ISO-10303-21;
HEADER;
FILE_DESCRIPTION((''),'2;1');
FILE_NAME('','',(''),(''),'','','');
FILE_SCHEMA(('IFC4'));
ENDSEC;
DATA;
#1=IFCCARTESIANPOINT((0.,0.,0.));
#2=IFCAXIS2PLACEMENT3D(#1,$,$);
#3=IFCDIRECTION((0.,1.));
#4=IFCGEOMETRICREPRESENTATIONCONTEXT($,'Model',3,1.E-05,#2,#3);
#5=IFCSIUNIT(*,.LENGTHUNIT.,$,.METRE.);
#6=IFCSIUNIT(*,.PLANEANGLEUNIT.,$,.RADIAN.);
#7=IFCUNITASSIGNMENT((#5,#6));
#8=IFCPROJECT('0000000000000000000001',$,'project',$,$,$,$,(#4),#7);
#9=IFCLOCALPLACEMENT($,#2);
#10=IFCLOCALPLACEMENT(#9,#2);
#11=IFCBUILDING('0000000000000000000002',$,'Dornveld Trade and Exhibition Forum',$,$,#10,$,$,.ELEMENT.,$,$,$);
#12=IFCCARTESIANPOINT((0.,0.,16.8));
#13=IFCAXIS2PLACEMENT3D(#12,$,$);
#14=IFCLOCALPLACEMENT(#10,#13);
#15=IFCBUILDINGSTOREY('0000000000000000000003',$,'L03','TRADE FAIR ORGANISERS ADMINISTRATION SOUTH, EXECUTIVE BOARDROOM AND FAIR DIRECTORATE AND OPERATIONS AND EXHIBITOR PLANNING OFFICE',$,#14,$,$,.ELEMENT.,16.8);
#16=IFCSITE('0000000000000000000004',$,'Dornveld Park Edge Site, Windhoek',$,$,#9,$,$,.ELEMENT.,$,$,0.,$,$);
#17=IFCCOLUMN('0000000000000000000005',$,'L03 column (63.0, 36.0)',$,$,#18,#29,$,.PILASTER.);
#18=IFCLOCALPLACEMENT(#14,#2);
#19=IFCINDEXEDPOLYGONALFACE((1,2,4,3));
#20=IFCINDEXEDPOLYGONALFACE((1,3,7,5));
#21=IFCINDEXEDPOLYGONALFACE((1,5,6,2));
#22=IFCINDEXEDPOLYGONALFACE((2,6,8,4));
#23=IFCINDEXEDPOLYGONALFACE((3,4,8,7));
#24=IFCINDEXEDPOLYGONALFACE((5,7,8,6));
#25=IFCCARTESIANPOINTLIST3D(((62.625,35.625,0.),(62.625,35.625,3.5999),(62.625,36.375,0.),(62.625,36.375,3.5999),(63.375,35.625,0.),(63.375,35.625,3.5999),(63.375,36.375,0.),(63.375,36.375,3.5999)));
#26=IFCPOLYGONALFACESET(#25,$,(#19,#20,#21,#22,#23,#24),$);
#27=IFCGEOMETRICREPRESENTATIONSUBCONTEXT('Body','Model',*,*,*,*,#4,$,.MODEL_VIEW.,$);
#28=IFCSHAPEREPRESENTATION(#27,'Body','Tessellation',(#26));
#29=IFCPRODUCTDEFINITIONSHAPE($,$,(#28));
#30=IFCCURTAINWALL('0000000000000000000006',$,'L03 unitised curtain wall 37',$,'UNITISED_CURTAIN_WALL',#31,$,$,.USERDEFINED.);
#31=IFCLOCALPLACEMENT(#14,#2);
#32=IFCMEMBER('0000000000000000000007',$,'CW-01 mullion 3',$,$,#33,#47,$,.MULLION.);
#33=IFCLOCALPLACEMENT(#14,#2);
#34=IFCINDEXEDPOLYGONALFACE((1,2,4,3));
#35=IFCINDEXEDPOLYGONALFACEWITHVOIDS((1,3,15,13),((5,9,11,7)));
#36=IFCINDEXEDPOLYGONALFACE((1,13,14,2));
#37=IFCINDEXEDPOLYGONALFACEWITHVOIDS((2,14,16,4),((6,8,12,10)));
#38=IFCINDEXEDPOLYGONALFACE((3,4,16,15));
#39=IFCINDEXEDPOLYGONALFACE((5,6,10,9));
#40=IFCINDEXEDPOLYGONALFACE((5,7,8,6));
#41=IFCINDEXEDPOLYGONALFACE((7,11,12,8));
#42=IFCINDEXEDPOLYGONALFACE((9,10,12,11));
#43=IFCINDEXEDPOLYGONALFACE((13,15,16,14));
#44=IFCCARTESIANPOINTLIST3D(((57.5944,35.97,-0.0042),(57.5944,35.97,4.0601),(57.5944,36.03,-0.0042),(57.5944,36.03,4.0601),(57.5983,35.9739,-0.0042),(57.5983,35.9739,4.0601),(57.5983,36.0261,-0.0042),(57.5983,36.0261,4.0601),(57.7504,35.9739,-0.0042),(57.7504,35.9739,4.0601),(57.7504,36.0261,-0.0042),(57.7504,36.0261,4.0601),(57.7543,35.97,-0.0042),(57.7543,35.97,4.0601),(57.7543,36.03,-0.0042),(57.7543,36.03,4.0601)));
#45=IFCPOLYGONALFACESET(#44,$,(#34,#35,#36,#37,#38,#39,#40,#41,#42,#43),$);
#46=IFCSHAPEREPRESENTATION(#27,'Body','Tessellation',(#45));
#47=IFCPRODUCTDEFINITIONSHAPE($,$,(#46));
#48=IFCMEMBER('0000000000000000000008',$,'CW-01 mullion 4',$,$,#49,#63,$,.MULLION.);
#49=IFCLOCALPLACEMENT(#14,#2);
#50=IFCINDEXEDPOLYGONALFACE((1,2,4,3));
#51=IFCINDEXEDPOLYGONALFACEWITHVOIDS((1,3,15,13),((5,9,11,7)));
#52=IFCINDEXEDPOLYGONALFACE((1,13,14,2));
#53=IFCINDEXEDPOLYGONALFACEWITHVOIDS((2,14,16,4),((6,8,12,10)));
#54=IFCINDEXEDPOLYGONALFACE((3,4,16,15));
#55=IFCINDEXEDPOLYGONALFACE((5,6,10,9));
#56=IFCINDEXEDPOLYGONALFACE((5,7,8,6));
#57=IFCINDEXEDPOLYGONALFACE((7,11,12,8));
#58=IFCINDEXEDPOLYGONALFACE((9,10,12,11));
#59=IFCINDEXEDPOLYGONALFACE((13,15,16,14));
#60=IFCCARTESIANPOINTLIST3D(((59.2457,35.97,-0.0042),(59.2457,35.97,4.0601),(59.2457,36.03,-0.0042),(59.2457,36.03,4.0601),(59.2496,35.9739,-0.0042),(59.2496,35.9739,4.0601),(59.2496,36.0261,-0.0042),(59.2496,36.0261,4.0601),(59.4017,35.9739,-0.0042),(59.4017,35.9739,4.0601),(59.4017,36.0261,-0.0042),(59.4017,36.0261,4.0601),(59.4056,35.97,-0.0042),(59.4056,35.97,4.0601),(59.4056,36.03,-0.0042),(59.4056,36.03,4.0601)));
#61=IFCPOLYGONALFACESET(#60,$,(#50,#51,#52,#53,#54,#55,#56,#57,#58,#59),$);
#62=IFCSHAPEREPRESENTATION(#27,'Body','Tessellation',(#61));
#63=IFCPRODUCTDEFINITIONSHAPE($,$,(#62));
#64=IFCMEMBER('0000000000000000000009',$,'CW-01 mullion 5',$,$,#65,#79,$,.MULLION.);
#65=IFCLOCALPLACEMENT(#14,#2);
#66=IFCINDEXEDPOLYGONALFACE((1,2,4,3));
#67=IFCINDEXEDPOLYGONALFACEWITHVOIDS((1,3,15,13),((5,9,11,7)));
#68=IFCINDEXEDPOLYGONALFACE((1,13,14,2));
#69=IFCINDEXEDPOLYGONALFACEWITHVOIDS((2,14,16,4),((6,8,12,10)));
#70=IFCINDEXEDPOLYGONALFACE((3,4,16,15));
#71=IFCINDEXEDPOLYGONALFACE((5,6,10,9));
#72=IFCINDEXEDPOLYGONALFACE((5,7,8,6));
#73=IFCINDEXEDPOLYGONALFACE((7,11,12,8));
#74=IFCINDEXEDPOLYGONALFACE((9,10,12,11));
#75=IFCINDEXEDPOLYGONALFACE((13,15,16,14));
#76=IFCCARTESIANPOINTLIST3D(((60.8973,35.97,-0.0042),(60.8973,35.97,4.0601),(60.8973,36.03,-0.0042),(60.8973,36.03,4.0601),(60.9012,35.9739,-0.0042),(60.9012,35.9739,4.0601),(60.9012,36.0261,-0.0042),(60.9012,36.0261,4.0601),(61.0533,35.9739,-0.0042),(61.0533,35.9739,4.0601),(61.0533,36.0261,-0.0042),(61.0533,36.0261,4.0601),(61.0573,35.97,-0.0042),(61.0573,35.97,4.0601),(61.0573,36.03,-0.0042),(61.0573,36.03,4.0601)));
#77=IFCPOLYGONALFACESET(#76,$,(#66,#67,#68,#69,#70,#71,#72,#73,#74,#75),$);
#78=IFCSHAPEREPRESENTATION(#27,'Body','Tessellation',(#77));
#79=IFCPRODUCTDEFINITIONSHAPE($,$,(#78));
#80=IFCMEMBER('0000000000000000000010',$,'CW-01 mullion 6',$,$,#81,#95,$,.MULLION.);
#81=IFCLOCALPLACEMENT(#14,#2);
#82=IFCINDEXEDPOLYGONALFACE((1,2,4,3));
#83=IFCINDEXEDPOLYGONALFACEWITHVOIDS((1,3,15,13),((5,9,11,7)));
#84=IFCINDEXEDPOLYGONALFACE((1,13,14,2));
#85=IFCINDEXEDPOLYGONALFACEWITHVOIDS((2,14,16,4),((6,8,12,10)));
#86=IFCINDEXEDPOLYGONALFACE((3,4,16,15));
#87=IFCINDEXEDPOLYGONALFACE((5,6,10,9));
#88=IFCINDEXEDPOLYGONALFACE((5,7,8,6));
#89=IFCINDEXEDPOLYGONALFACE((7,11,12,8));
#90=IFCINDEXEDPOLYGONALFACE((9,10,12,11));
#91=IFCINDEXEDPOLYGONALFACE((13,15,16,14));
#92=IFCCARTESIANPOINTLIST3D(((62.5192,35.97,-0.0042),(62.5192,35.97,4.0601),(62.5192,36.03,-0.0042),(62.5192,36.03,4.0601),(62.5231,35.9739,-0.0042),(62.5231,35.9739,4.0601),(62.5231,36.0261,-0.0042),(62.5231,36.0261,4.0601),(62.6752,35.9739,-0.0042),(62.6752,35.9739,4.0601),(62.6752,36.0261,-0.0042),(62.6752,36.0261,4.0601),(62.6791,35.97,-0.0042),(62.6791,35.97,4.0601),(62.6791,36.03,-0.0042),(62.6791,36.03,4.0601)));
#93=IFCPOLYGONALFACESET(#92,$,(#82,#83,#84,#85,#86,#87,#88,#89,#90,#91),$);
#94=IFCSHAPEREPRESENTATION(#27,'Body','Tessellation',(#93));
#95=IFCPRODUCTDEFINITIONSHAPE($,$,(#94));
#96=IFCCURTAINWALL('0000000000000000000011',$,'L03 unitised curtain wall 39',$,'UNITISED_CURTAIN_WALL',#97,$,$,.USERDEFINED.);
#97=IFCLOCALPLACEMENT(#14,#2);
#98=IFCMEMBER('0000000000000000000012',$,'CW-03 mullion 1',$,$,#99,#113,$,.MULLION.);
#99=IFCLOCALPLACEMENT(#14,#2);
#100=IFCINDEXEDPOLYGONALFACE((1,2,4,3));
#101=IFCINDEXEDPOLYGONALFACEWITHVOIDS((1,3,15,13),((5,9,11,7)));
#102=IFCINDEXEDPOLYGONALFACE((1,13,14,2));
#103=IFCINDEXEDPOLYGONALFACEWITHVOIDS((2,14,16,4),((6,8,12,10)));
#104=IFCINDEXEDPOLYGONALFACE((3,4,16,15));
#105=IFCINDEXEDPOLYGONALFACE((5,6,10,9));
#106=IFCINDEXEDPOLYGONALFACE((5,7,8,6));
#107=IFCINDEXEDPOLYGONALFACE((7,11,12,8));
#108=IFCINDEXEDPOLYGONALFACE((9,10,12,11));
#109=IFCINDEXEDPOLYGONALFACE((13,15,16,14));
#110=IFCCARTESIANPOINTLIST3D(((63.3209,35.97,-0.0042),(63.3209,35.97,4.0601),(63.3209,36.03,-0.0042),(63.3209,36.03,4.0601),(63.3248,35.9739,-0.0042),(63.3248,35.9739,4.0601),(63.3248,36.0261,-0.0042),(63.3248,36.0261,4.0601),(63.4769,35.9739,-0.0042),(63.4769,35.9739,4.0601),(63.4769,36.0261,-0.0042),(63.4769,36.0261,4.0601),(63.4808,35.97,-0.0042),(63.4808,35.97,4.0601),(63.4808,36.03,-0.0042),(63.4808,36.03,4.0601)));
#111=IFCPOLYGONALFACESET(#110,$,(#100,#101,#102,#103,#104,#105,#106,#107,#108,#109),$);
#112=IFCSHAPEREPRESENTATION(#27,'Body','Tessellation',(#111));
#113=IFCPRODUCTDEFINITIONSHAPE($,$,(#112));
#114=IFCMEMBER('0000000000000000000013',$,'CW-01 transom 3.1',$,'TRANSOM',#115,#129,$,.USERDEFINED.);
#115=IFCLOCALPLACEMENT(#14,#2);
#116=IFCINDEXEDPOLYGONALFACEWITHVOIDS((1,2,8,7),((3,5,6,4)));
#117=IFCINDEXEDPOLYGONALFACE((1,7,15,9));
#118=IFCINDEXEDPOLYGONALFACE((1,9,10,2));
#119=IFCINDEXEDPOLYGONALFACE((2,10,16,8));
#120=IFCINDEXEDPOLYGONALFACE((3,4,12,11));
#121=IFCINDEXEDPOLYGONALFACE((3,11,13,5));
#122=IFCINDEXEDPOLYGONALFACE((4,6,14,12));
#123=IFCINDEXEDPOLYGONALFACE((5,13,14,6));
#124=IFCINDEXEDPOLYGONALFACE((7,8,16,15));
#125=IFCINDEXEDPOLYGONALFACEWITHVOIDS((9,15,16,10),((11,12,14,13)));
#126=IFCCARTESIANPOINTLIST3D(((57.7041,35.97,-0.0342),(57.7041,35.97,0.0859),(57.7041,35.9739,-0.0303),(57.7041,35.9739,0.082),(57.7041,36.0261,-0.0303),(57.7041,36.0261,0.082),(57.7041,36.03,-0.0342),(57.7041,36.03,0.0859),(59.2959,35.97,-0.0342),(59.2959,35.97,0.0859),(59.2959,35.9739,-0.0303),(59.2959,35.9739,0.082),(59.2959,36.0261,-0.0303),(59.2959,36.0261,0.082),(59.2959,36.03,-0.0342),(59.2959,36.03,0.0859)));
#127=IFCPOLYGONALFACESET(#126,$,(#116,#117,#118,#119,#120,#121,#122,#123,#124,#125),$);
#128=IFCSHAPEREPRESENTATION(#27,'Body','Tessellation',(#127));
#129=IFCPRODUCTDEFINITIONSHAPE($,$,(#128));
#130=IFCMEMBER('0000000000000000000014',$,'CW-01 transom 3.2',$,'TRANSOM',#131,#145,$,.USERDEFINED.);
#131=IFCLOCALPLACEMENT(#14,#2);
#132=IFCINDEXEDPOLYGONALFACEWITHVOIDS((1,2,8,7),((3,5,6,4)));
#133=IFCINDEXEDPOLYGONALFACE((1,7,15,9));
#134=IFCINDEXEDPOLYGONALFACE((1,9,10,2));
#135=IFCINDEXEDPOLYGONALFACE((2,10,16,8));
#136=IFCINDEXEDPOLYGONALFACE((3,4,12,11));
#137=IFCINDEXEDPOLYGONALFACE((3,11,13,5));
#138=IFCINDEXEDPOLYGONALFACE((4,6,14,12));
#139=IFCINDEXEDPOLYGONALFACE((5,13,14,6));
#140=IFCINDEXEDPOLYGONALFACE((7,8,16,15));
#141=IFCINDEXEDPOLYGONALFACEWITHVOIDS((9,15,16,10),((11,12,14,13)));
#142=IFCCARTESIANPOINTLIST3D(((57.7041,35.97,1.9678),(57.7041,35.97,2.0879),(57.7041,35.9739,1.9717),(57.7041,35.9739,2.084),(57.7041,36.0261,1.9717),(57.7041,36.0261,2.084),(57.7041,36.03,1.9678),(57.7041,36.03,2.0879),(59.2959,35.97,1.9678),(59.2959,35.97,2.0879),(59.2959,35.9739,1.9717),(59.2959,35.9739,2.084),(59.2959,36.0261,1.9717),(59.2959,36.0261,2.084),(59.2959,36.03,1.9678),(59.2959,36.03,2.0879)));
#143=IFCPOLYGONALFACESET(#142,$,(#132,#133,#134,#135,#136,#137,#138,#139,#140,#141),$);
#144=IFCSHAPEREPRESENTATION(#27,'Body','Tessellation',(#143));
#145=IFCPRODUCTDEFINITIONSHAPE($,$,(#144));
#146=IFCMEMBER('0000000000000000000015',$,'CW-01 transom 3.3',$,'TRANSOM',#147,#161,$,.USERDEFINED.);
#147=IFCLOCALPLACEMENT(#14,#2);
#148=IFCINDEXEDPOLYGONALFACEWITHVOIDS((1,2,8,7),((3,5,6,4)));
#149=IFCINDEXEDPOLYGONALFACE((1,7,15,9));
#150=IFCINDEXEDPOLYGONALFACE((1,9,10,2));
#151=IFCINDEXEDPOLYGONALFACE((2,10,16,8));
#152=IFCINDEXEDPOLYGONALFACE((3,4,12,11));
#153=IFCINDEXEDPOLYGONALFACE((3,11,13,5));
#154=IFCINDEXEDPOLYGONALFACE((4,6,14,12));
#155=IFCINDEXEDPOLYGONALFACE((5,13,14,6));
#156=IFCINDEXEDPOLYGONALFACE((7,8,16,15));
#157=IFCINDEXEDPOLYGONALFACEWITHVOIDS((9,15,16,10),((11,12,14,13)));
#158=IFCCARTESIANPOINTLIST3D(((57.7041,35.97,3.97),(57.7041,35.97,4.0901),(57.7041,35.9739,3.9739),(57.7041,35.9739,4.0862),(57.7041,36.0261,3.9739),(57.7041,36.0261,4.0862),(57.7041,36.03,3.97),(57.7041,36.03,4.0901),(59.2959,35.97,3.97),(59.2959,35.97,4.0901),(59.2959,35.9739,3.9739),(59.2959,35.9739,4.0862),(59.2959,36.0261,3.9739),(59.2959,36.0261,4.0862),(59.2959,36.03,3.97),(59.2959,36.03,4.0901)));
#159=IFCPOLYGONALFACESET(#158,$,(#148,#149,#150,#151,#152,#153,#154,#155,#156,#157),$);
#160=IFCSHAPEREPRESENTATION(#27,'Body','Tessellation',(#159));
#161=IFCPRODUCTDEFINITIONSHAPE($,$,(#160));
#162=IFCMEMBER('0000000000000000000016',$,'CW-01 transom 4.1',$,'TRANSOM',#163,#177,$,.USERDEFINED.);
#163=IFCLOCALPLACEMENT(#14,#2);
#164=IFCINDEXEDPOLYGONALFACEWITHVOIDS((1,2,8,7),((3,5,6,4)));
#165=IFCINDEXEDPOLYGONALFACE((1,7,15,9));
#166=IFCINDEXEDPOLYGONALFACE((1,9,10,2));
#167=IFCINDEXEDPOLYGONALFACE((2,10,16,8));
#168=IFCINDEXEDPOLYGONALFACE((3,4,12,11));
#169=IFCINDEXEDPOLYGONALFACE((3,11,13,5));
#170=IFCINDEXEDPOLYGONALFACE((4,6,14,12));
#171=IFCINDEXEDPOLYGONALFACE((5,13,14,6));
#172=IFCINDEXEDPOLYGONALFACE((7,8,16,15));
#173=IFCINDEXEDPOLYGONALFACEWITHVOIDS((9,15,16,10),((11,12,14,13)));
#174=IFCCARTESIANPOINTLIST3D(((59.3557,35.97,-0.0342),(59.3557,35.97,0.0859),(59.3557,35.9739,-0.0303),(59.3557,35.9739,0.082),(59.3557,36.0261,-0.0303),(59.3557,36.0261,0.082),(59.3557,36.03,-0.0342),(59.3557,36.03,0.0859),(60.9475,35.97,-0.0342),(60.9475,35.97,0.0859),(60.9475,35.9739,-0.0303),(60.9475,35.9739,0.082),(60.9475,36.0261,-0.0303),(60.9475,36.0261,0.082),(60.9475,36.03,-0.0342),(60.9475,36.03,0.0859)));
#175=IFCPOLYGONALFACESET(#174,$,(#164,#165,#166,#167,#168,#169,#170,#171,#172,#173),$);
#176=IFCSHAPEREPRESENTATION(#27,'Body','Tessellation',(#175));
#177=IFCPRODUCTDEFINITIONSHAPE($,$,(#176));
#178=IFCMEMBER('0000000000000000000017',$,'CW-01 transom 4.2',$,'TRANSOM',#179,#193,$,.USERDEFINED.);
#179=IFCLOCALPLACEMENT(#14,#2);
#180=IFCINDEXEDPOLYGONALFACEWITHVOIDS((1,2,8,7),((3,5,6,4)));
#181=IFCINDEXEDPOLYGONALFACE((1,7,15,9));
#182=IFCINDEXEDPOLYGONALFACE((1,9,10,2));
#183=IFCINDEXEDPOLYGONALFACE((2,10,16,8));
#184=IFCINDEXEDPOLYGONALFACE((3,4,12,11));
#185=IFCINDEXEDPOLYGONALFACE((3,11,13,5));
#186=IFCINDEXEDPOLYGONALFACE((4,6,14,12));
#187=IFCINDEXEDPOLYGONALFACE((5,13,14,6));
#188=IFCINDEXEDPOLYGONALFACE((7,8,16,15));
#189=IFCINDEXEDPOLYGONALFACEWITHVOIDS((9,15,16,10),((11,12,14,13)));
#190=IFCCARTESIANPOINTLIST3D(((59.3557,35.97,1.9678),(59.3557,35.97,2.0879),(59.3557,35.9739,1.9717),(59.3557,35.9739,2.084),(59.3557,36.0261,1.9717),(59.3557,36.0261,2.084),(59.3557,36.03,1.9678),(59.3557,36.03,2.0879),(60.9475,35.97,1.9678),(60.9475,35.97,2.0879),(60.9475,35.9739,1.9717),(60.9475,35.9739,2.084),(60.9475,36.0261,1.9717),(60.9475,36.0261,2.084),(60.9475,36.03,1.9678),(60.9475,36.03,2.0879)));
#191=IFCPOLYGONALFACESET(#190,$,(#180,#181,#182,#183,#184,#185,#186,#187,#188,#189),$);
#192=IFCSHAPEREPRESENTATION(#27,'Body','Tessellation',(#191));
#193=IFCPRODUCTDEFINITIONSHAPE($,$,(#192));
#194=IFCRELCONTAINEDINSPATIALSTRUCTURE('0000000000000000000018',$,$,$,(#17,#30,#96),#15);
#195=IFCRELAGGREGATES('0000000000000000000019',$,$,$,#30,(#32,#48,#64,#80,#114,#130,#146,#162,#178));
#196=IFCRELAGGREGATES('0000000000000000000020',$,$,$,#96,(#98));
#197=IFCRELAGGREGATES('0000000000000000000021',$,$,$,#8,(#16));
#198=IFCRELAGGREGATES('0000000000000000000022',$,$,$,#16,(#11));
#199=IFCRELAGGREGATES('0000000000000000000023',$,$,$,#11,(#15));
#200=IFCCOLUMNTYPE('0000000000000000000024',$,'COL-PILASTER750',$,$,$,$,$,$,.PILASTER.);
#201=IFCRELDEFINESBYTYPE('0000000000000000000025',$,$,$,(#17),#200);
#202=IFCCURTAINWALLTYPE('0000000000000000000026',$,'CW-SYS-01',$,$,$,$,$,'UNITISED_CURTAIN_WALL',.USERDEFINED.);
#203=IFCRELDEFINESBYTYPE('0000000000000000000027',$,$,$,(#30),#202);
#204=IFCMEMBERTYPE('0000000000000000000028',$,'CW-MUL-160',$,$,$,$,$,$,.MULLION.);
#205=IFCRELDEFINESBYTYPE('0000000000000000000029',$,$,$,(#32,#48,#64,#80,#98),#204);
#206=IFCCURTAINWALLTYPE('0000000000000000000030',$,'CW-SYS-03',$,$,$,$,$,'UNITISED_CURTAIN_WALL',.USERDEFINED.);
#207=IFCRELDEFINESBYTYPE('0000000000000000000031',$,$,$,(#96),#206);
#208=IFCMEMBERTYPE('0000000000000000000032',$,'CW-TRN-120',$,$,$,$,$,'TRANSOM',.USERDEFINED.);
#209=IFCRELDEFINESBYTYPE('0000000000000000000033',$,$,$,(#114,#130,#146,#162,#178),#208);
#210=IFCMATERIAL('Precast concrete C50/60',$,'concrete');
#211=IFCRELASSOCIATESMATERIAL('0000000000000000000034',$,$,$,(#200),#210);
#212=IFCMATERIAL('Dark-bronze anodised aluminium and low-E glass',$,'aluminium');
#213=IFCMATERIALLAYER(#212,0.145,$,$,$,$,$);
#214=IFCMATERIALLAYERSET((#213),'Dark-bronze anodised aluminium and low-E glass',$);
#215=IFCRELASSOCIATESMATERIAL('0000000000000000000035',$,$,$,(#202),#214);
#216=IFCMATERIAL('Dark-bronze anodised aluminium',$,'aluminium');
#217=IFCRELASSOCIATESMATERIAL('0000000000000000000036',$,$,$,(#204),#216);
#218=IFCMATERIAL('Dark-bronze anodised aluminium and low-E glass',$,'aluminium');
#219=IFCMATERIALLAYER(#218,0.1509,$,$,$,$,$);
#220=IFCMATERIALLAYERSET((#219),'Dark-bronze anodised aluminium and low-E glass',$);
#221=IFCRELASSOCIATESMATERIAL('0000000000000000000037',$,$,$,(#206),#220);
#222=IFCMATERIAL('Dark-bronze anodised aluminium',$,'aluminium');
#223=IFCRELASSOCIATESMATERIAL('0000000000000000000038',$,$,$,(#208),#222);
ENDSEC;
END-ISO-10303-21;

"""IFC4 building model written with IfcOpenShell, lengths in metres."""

from ifc_helpers import new_model, si_unit, direction, frame, origin, origin_2d, place, context, subcontext, project, spatial, rectangle, hollow_rectangle, extrude, material, layer, layer_set, material_profile, profile_set, type_object, element, aggregate, save


model = new_model("IFC4")

# Units and contexts
model_context = context("Model", 3, precision=1e-05, world=origin(), true_north=direction((0.0, 1.0)))
body_context = subcontext(model_context, "Body", "Model", "MODEL_VIEW")
ifc_project = project(units=[si_unit("LENGTHUNIT", "METRE"), si_unit("PLANEANGLEUNIT", "RADIAN")], contexts=[model_context])

# Site, building, storey
site_placement = place(None, origin())
site = spatial("IfcSite", under=ifc_project, at=site_placement, Name="Dornveld Park Edge Site, Windhoek", CompositionType="ELEMENT", RefElevation=0.0)
building_placement = place(site_placement, origin())
building = spatial("IfcBuilding", under=site, at=building_placement, Name="Dornveld Trade and Exhibition Forum", CompositionType="ELEMENT")
storey_placement = place(building_placement, frame((0.0, 0.0, 16.8)))
storey = spatial("IfcBuildingStorey", under=building, at=storey_placement, Name="L03", Description="TRADE FAIR ORGANISERS ADMINISTRATION SOUTH, EXECUTIVE BOARDROOM AND FAIR DIRECTORATE AND OPERATIONS AND EXHIBITOR PLANNING OFFICE", CompositionType="ELEMENT", Elevation=16.8)

# Column
ifc_material_1 = material(Name="Precast concrete C50/60", Category="concrete")
ifc_material_profile_1 = material_profile(ifc_material_1, rectangle(XDim=0.75, YDim=0.75, at=origin_2d()), Name="PC-COL 750x750")
ifc_profile_set_1 = profile_set([ifc_material_profile_1], Name="Precast concrete C50/60")
column_type = type_object("IfcColumnType", Name="COL-PILASTER750", PredefinedType="PILASTER", material=ifc_profile_set_1)
column_placement = place(storey_placement, frame((63.0, 36.0, 0.0), z_axis=(0.0, 0.0, 1.0), x_axis=(1.0, 0.0, 0.0)))
element("IfcColumn", 1, at=column_placement, inside=storey, type_object=column_type, Name="L03 column (63.0, 36.0)", PredefinedType="PILASTER", context=body_context, shape_type="SweptSolid", body=[
    extrude(rectangle(XDim=0.75, YDim=0.75, at=origin_2d()), origin(), (0.0, 0.0, 1.0), 3.5999),
])

# Curtain wall, members
ifc_material_2 = material(Name="Dark-bronze anodised aluminium and low-E glass", Category="aluminium")
ifc_layer_1 = layer(ifc_material_2, 0.145)
ifc_layer_set_1 = layer_set([ifc_layer_1], Name="Dark-bronze anodised aluminium and low-E glass")
curtain_wall_type_1 = type_object("IfcCurtainWallType", Name="CW-SYS-01", ElementType="UNITISED_CURTAIN_WALL", PredefinedType="USERDEFINED", material=ifc_layer_set_1)
curtain_wall_1_placement = place(storey_placement, origin())
curtain_wall_1 = element("IfcCurtainWall", 2, at=curtain_wall_1_placement, inside=storey, type_object=curtain_wall_type_1, Name="L03 unitised curtain wall 37", ObjectType="UNITISED_CURTAIN_WALL", PredefinedType="USERDEFINED")
ifc_material_3 = material(Name="Dark-bronze anodised aluminium", Category="aluminium")
ifc_material_profile_2 = material_profile(ifc_material_3, hollow_rectangle(XDim=0.0601, YDim=0.1599, WallThickness=0.0039, at=origin_2d()), Name="RHS 160x60x4")
ifc_profile_set_2 = profile_set([ifc_material_profile_2], Name="Dark-bronze anodised aluminium")
member_type_1 = type_object("IfcMemberType", Name="CW-MUL-160", PredefinedType="MULLION", material=ifc_profile_set_2)
member_1_placement = place(storey_placement, frame((57.6743, 36.0, -0.0042), z_axis=(0.0, 0.0, 1.0), x_axis=(0.0, 1.0, 0.0)))
member_1 = element("IfcMember", 3, at=member_1_placement, type_object=member_type_1, Name="CW-01 mullion 3", PredefinedType="MULLION", context=body_context, shape_type="SweptSolid", body=[
    extrude(hollow_rectangle(XDim=0.0601, YDim=0.1599, WallThickness=0.0039, at=origin_2d()), origin(), (0.0, 0.0, 1.0), 4.0642),
])
member_2_placement = place(storey_placement, frame((59.3257, 36.0, -0.0042), z_axis=(0.0, 0.0, 1.0), x_axis=(0.0, 1.0, 0.0)))
member_2 = element("IfcMember", 4, at=member_2_placement, type_object=member_type_1, Name="CW-01 mullion 4", PredefinedType="MULLION", context=body_context, shape_type="SweptSolid", body=[
    extrude(hollow_rectangle(XDim=0.0601, YDim=0.1599, WallThickness=0.0039, at=origin_2d()), origin(), (0.0, 0.0, 1.0), 4.0642),
])
member_3_placement = place(storey_placement, frame((60.9773, 36.0, -0.0042), z_axis=(0.0, 0.0, 1.0), x_axis=(0.0, 1.0, 0.0)))
member_3 = element("IfcMember", 5, at=member_3_placement, type_object=member_type_1, Name="CW-01 mullion 5", PredefinedType="MULLION", context=body_context, shape_type="SweptSolid", body=[
    extrude(hollow_rectangle(XDim=0.0601, YDim=0.1599, WallThickness=0.0039, at=origin_2d()), origin(), (0.0, 0.0, 1.0), 4.0642),
])
member_4_placement = place(storey_placement, frame((62.5991, 36.0, -0.0042), z_axis=(0.0, 0.0, 1.0), x_axis=(0.0, 1.0, 0.0)))
member_4 = element("IfcMember", 6, at=member_4_placement, type_object=member_type_1, Name="CW-01 mullion 6", PredefinedType="MULLION", context=body_context, shape_type="SweptSolid", body=[
    extrude(hollow_rectangle(XDim=0.0601, YDim=0.1599, WallThickness=0.0039, at=origin_2d()), origin(), (0.0, 0.0, 1.0), 4.0642),
])

# Curtain wall, member
ifc_material_4 = material(Name="Dark-bronze anodised aluminium and low-E glass", Category="aluminium")
ifc_layer_2 = layer(ifc_material_4, 0.1509)
ifc_layer_set_2 = layer_set([ifc_layer_2], Name="Dark-bronze anodised aluminium and low-E glass")
curtain_wall_type_2 = type_object("IfcCurtainWallType", Name="CW-SYS-03", ElementType="UNITISED_CURTAIN_WALL", PredefinedType="USERDEFINED", material=ifc_layer_set_2)
curtain_wall_2_placement = place(storey_placement, origin())
curtain_wall_2 = element("IfcCurtainWall", 7, at=curtain_wall_2_placement, inside=storey, type_object=curtain_wall_type_2, Name="L03 unitised curtain wall 39", ObjectType="UNITISED_CURTAIN_WALL", PredefinedType="USERDEFINED")
member_5_placement = place(storey_placement, frame((63.4009, 36.0, -0.0042), z_axis=(0.0, 0.0, 1.0), x_axis=(0.0, 1.0, 0.0)))
member_5 = element("IfcMember", 8, at=member_5_placement, type_object=member_type_1, Name="CW-03 mullion 1", PredefinedType="MULLION", context=body_context, shape_type="SweptSolid", body=[
    extrude(hollow_rectangle(XDim=0.0601, YDim=0.1599, WallThickness=0.0039, at=origin_2d()), origin(), (0.0, 0.0, 1.0), 4.0642),
])

# Members
ifc_material_5 = material(Name="Dark-bronze anodised aluminium", Category="aluminium")
ifc_material_profile_3 = material_profile(ifc_material_5, hollow_rectangle(XDim=0.0601, YDim=0.1201, WallThickness=0.0039, at=origin_2d()), Name="RHS 120x60x4")
ifc_profile_set_3 = profile_set([ifc_material_profile_3], Name="Dark-bronze anodised aluminium")
member_type_2 = type_object("IfcMemberType", Name="CW-TRN-120", ElementType="TRANSOM", PredefinedType="USERDEFINED", material=ifc_profile_set_3)
member_6_placement = place(storey_placement, frame((57.7041, 36.0, 0.0259), z_axis=(1.0, 0.0, 0.0), x_axis=(0.0, 1.0, 0.0)))
member_6 = element("IfcMember", 9, at=member_6_placement, type_object=member_type_2, Name="CW-01 transom 3.1", ObjectType="TRANSOM", PredefinedType="USERDEFINED", context=body_context, shape_type="SweptSolid", body=[
    extrude(hollow_rectangle(XDim=0.0601, YDim=0.1201, WallThickness=0.0039, at=origin_2d()), origin(), (0.0, 0.0, 1.0), 1.5918),
])
member_7_placement = place(storey_placement, frame((57.7041, 36.0, 2.0278), z_axis=(1.0, 0.0, 0.0), x_axis=(0.0, 1.0, 0.0)))
member_7 = element("IfcMember", 10, at=member_7_placement, type_object=member_type_2, Name="CW-01 transom 3.2", ObjectType="TRANSOM", PredefinedType="USERDEFINED", context=body_context, shape_type="SweptSolid", body=[
    extrude(hollow_rectangle(XDim=0.0601, YDim=0.1201, WallThickness=0.0039, at=origin_2d()), origin(), (0.0, 0.0, 1.0), 1.5918),
])
member_8_placement = place(storey_placement, frame((57.7041, 36.0, 4.03), z_axis=(1.0, 0.0, 0.0), x_axis=(0.0, 1.0, 0.0)))
member_8 = element("IfcMember", 11, at=member_8_placement, type_object=member_type_2, Name="CW-01 transom 3.3", ObjectType="TRANSOM", PredefinedType="USERDEFINED", context=body_context, shape_type="SweptSolid", body=[
    extrude(hollow_rectangle(XDim=0.0601, YDim=0.1201, WallThickness=0.0039, at=origin_2d()), origin(), (0.0, 0.0, 1.0), 1.5918),
])
member_9_placement = place(storey_placement, frame((59.3557, 36.0, 0.0259), z_axis=(1.0, 0.0, 0.0), x_axis=(0.0, 1.0, 0.0)))
member_9 = element("IfcMember", 12, at=member_9_placement, type_object=member_type_2, Name="CW-01 transom 4.1", ObjectType="TRANSOM", PredefinedType="USERDEFINED", context=body_context, shape_type="SweptSolid", body=[
    extrude(hollow_rectangle(XDim=0.0601, YDim=0.1201, WallThickness=0.0039, at=origin_2d()), origin(), (0.0, 0.0, 1.0), 1.5918),
])
member_10_placement = place(storey_placement, frame((59.3557, 36.0, 2.0278), z_axis=(1.0, 0.0, 0.0), x_axis=(0.0, 1.0, 0.0)))
member_10 = element("IfcMember", 13, at=member_10_placement, type_object=member_type_2, Name="CW-01 transom 4.2", ObjectType="TRANSOM", PredefinedType="USERDEFINED", context=body_context, shape_type="SweptSolid", body=[
    extrude(hollow_rectangle(XDim=0.0601, YDim=0.1201, WallThickness=0.0039, at=origin_2d()), origin(), (0.0, 0.0, 1.0), 1.5918),
])

aggregate(curtain_wall_1, [member_1, member_2, member_3, member_4, member_6, member_7, member_8, member_9, member_10])
aggregate(curtain_wall_2, [member_5])

save(model, "model.ifc")
